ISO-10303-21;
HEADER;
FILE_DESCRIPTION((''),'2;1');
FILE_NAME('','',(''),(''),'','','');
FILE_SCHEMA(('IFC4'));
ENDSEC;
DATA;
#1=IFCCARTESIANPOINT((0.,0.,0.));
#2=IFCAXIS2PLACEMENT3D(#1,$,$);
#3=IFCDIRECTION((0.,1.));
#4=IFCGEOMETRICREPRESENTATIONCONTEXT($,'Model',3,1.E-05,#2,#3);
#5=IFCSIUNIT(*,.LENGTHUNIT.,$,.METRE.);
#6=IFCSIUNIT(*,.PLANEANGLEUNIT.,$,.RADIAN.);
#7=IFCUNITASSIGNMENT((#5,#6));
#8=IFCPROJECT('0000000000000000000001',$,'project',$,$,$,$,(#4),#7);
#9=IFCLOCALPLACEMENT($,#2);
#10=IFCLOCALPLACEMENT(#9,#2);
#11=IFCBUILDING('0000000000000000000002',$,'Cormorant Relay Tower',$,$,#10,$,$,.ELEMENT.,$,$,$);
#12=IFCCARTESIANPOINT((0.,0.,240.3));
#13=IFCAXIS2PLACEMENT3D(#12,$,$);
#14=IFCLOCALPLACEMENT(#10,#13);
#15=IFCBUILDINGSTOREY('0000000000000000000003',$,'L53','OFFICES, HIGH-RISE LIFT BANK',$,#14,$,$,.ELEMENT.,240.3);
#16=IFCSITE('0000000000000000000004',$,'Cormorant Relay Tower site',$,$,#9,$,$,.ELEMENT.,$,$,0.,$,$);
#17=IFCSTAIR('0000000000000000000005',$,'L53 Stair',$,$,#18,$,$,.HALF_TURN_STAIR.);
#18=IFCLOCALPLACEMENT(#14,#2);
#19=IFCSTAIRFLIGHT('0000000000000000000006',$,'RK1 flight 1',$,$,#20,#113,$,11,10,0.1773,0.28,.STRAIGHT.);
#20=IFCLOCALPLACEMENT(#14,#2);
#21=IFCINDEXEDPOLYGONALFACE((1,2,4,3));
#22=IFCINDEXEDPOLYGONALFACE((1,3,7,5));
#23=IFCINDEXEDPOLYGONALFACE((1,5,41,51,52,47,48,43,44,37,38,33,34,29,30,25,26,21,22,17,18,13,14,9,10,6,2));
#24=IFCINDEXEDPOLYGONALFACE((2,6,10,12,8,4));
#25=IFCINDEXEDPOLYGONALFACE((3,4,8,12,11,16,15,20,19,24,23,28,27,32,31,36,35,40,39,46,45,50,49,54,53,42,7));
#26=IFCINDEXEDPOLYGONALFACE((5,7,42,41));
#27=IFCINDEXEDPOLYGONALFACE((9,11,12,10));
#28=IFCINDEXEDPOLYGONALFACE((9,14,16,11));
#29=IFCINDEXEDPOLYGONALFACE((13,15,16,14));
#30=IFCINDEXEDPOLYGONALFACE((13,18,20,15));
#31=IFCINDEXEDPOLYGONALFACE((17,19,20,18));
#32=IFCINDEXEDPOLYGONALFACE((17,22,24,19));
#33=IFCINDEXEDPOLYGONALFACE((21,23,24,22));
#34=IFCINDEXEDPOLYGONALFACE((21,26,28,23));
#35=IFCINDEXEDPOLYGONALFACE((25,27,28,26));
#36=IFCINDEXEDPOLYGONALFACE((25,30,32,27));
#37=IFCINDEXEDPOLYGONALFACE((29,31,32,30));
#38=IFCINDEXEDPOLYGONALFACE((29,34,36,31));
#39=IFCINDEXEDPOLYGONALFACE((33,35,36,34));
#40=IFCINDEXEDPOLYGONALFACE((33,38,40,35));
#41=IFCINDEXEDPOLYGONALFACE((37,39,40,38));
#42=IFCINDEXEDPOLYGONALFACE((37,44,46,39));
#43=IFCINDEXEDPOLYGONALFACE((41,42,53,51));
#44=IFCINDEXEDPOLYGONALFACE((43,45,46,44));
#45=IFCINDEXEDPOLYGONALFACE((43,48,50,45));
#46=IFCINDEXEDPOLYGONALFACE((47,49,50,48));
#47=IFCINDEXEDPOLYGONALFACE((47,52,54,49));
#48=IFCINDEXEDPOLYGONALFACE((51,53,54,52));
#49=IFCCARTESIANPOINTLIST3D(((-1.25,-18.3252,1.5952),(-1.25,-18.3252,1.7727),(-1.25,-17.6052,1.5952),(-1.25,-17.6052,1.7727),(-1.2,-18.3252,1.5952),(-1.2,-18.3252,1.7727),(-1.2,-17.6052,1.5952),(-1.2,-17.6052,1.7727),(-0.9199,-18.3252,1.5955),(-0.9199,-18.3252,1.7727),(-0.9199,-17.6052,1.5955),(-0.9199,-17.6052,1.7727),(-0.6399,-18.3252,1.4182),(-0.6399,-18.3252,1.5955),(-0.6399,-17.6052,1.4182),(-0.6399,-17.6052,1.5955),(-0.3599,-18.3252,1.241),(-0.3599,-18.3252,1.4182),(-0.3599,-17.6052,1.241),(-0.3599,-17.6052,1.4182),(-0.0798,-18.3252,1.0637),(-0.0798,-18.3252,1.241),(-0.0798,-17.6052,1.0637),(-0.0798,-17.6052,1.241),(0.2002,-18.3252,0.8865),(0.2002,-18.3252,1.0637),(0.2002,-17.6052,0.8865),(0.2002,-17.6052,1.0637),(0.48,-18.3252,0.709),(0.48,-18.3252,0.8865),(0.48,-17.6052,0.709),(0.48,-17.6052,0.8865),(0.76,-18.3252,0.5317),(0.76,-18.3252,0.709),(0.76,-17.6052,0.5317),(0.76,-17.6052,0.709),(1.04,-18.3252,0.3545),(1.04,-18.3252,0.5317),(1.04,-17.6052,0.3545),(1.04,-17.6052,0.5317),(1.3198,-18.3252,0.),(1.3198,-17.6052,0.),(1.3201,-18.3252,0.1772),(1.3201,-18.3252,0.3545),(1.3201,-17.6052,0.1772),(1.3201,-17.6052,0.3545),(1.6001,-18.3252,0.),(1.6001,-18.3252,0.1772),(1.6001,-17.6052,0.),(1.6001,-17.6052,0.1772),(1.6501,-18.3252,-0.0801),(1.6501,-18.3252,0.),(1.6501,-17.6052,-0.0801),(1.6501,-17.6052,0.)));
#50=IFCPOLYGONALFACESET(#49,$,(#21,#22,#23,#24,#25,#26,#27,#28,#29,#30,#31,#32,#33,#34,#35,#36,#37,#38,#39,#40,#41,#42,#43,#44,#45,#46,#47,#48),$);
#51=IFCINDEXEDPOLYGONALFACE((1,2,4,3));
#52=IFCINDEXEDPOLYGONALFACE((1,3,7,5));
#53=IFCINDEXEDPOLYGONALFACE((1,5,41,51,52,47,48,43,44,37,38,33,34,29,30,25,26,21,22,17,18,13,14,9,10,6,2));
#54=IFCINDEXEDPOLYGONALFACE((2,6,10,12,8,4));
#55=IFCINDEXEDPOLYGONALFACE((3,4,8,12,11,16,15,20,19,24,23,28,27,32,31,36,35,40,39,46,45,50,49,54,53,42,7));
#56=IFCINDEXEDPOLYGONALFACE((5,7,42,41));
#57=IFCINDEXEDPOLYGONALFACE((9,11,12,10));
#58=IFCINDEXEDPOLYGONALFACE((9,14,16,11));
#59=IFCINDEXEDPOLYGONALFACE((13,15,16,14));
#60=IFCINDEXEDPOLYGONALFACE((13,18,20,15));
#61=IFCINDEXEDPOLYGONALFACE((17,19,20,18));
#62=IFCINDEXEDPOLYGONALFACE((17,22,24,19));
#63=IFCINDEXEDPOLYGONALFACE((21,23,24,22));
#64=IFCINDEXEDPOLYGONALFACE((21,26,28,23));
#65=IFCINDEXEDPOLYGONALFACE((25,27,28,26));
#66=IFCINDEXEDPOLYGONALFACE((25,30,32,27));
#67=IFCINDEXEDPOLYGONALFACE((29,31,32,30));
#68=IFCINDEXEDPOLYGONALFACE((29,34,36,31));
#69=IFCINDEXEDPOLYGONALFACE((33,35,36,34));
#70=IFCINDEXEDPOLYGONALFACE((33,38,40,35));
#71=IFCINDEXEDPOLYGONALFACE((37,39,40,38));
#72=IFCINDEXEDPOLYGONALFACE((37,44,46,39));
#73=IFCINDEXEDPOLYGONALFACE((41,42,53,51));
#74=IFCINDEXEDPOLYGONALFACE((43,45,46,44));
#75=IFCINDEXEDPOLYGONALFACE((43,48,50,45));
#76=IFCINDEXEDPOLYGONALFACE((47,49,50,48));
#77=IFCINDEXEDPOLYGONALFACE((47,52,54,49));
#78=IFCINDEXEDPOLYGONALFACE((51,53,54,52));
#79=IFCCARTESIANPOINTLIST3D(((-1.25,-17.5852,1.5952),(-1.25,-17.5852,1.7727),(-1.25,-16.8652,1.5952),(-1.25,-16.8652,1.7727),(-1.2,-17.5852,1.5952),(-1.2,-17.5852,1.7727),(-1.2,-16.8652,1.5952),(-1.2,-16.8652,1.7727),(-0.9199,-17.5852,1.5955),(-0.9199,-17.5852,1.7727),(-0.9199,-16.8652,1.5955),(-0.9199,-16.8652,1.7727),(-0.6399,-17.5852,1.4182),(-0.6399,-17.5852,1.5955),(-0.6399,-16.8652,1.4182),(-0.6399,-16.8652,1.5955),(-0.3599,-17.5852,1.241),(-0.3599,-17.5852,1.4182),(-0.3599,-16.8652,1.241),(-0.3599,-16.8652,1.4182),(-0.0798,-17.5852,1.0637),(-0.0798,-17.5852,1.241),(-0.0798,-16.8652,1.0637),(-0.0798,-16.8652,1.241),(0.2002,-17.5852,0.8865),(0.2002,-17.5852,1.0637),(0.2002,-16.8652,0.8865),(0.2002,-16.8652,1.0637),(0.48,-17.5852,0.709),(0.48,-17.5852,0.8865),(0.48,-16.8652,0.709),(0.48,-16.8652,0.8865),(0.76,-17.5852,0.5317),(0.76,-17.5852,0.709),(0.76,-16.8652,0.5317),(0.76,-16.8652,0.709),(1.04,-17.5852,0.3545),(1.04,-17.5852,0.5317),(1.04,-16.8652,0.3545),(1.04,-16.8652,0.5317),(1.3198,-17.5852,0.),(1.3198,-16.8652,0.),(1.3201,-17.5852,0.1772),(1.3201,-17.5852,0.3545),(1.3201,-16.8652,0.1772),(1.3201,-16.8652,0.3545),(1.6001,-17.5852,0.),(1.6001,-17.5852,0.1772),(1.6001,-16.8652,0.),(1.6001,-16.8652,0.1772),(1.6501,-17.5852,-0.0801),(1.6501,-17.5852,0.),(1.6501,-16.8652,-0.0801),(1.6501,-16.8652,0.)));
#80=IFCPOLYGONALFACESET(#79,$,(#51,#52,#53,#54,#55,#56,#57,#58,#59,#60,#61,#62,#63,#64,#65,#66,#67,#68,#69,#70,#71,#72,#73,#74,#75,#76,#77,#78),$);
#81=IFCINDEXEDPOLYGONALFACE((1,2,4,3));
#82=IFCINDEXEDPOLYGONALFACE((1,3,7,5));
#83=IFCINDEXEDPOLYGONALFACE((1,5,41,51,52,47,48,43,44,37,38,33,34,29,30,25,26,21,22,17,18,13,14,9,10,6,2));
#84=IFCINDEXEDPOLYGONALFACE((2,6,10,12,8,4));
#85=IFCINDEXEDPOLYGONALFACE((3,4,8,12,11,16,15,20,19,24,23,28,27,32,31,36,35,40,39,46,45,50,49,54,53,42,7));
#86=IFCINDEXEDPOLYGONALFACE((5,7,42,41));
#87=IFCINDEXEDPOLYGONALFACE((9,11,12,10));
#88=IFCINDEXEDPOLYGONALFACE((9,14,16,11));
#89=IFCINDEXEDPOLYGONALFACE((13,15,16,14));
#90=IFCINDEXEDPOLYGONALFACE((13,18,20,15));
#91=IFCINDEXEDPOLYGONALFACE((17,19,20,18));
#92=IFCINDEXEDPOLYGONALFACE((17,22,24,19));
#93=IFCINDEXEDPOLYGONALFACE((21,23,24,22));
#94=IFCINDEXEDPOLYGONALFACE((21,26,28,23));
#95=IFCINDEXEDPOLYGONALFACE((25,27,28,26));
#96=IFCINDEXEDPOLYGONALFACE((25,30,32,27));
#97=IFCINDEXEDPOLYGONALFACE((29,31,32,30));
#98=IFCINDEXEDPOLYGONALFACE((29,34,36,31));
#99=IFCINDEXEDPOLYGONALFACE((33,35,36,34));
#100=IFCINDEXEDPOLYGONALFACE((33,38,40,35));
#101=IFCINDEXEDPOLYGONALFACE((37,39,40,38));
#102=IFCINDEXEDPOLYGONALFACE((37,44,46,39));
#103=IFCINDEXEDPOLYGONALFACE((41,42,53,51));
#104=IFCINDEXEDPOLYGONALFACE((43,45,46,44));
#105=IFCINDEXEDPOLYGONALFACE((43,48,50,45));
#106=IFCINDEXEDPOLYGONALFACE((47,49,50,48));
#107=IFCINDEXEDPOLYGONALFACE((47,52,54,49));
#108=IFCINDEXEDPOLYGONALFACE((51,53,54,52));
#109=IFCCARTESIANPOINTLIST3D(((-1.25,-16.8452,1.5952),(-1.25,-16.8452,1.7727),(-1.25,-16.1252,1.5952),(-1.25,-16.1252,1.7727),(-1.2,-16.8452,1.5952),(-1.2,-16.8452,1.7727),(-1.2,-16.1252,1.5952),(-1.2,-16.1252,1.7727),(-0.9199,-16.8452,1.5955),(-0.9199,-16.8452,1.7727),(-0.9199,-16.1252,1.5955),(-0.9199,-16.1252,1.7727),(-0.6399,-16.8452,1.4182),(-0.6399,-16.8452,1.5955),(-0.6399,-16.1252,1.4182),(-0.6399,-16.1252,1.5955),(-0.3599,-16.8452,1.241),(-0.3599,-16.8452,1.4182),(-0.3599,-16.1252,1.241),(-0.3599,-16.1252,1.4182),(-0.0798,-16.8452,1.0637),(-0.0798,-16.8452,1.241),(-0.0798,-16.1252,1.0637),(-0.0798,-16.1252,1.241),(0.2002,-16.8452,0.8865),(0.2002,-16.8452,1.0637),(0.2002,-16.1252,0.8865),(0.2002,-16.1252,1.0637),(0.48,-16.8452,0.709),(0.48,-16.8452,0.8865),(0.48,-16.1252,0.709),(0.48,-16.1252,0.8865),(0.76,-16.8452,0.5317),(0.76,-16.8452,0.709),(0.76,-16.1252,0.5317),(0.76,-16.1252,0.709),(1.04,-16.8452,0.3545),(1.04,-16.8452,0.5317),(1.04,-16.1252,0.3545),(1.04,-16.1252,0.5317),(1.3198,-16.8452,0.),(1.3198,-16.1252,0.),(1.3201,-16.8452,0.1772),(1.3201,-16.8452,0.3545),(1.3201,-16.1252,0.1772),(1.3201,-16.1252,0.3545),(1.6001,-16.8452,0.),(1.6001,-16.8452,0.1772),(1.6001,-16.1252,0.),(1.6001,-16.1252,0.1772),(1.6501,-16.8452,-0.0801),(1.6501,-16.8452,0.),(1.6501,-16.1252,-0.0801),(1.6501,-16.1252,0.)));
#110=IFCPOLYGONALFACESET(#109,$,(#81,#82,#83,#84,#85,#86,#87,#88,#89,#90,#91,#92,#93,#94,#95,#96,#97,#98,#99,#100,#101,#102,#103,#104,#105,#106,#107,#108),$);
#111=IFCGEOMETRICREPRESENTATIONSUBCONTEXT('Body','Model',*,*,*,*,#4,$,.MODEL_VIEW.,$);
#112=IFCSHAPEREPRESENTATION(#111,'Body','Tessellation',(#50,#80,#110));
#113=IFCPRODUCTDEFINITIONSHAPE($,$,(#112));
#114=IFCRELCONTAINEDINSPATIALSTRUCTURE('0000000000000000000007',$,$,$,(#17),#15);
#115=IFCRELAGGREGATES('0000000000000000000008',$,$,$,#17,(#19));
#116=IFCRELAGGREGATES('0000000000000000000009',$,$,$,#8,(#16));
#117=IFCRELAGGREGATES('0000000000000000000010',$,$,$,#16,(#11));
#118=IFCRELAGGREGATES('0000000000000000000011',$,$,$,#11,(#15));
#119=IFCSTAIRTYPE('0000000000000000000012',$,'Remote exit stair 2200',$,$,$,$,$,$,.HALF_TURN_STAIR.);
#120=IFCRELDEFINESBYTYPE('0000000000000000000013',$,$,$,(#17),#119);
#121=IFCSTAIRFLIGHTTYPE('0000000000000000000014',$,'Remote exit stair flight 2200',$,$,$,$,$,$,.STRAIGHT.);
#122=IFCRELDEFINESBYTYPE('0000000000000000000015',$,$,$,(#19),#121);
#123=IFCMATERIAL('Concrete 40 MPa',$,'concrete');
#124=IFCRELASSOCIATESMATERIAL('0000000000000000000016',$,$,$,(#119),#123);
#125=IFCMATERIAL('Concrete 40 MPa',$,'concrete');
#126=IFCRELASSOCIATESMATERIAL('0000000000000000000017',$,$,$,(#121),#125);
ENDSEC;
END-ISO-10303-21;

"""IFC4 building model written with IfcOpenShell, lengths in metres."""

from ifc_helpers import new_model, si_unit, direction, frame, origin, place, context, subcontext, project, spatial, polyline, outline, extrude, material, type_object, element, aggregate, save


model = new_model("IFC4")

# Units and contexts
model_context = context("Model", 3, precision=1e-05, world=origin(), true_north=direction((0.0, 1.0)))
body_context = subcontext(model_context, "Body", "Model", "MODEL_VIEW")
ifc_project = project(units=[si_unit("LENGTHUNIT", "METRE"), si_unit("PLANEANGLEUNIT", "RADIAN")], contexts=[model_context])

# Site, building, storey
site_placement = place(None, origin())
site = spatial("IfcSite", under=ifc_project, at=site_placement, Name="Cormorant Relay Tower site", CompositionType="ELEMENT", RefElevation=0.0)
building_placement = place(site_placement, origin())
building = spatial("IfcBuilding", under=site, at=building_placement, Name="Cormorant Relay Tower", CompositionType="ELEMENT")
storey_placement = place(building_placement, frame((0.0, 0.0, 240.3)))
storey = spatial("IfcBuildingStorey", under=building, at=storey_placement, Name="L53", Description="OFFICES, HIGH-RISE LIFT BANK", CompositionType="ELEMENT", Elevation=240.3)

# Stair, stair flight
ifc_material_1 = material(Name="Concrete 40 MPa", Category="concrete")
stair_type = type_object("IfcStairType", Name="Remote exit stair 2200", PredefinedType="HALF_TURN_STAIR", material=ifc_material_1)
stair_placement = place(storey_placement, origin())
stair = element("IfcStair", 1, at=stair_placement, inside=storey, type_object=stair_type, Name="L53 Stair", PredefinedType="HALF_TURN_STAIR")
ifc_material_2 = material(Name="Concrete 40 MPa", Category="concrete")
stair_flight_type = type_object("IfcStairFlightType", Name="Remote exit stair flight 2200", PredefinedType="STRAIGHT", material=ifc_material_2)
stair_flight_1_placement = place(storey_placement, frame((1.6001, -17.2251, 0.0), z_axis=(0.0, 0.0, 1.0), x_axis=(-1.0, 0.0, 0.0)))
stair_flight_1 = element("IfcStairFlight", 2, at=stair_flight_1_placement, type_object=stair_flight_type, Name="RK1 flight 1", NumberOfRisers=11, NumberOfTreads=10, PredefinedType="STRAIGHT", RiserHeight=0.1773, TreadLength=0.28, context=body_context, shape_type="SweptSolid", body=[
    extrude(outline(polyline([(-0.05, -0.0801), (-0.05, 0.0), (0.0, 0.0), (0.0, 0.1772), (0.28, 0.1772), (0.28, 0.3545), (0.5601, 0.3545), (0.5601, 0.5317), (0.8401, 0.5317), (0.8401, 0.709), (1.1201, 0.709), (1.1201, 0.8865), (1.3999, 0.8865), (1.3999, 1.0637), (1.6799, 1.0637), (1.6799, 1.241), (1.96, 1.241), (1.96, 1.4182), (2.24, 1.4182), (2.24, 1.5955), (2.52, 1.5955), (2.52, 1.7727), (2.8, 1.7727), (2.8501, 1.7727), (2.8501, 1.5952), (2.8, 1.5952), (0.2803, 0.0), (-0.05, -0.0801)])), frame((0.0, 1.1001, 0.0), z_axis=(0.0, -1.0, 0.0), x_axis=(1.0, 0.0, 0.0)), (0.0, 0.0, 1.0), 0.72),
    extrude(outline(polyline([(-0.05, -0.0801), (-0.05, 0.0), (0.0, 0.0), (0.0, 0.1772), (0.28, 0.1772), (0.28, 0.3545), (0.5601, 0.3545), (0.5601, 0.5317), (0.8401, 0.5317), (0.8401, 0.709), (1.1201, 0.709), (1.1201, 0.8865), (1.3999, 0.8865), (1.3999, 1.0637), (1.6799, 1.0637), (1.6799, 1.241), (1.96, 1.241), (1.96, 1.4182), (2.24, 1.4182), (2.24, 1.5955), (2.52, 1.5955), (2.52, 1.7727), (2.8, 1.7727), (2.8501, 1.7727), (2.8501, 1.5952), (2.8, 1.5952), (0.2803, 0.0), (-0.05, -0.0801)])), frame((0.0, 0.3601, 0.0), z_axis=(0.0, -1.0, 0.0), x_axis=(1.0, 0.0, 0.0)), (0.0, 0.0, 1.0), 0.72),
    extrude(outline(polyline([(-0.05, -0.0801), (-0.05, 0.0), (0.0, 0.0), (0.0, 0.1772), (0.28, 0.1772), (0.28, 0.3545), (0.5601, 0.3545), (0.5601, 0.5317), (0.8401, 0.5317), (0.8401, 0.709), (1.1201, 0.709), (1.1201, 0.8865), (1.3999, 0.8865), (1.3999, 1.0637), (1.6799, 1.0637), (1.6799, 1.241), (1.96, 1.241), (1.96, 1.4182), (2.24, 1.4182), (2.24, 1.5955), (2.52, 1.5955), (2.52, 1.7727), (2.8, 1.7727), (2.8501, 1.7727), (2.8501, 1.5952), (2.8, 1.5952), (0.2803, 0.0), (-0.05, -0.0801)])), frame((0.0, -0.3799, 0.0), z_axis=(0.0, -1.0, 0.0), x_axis=(1.0, 0.0, 0.0)), (0.0, 0.0, 1.0), 0.72),
])
aggregate(stair, [stair_flight_1])

save(model, "model.ifc")
